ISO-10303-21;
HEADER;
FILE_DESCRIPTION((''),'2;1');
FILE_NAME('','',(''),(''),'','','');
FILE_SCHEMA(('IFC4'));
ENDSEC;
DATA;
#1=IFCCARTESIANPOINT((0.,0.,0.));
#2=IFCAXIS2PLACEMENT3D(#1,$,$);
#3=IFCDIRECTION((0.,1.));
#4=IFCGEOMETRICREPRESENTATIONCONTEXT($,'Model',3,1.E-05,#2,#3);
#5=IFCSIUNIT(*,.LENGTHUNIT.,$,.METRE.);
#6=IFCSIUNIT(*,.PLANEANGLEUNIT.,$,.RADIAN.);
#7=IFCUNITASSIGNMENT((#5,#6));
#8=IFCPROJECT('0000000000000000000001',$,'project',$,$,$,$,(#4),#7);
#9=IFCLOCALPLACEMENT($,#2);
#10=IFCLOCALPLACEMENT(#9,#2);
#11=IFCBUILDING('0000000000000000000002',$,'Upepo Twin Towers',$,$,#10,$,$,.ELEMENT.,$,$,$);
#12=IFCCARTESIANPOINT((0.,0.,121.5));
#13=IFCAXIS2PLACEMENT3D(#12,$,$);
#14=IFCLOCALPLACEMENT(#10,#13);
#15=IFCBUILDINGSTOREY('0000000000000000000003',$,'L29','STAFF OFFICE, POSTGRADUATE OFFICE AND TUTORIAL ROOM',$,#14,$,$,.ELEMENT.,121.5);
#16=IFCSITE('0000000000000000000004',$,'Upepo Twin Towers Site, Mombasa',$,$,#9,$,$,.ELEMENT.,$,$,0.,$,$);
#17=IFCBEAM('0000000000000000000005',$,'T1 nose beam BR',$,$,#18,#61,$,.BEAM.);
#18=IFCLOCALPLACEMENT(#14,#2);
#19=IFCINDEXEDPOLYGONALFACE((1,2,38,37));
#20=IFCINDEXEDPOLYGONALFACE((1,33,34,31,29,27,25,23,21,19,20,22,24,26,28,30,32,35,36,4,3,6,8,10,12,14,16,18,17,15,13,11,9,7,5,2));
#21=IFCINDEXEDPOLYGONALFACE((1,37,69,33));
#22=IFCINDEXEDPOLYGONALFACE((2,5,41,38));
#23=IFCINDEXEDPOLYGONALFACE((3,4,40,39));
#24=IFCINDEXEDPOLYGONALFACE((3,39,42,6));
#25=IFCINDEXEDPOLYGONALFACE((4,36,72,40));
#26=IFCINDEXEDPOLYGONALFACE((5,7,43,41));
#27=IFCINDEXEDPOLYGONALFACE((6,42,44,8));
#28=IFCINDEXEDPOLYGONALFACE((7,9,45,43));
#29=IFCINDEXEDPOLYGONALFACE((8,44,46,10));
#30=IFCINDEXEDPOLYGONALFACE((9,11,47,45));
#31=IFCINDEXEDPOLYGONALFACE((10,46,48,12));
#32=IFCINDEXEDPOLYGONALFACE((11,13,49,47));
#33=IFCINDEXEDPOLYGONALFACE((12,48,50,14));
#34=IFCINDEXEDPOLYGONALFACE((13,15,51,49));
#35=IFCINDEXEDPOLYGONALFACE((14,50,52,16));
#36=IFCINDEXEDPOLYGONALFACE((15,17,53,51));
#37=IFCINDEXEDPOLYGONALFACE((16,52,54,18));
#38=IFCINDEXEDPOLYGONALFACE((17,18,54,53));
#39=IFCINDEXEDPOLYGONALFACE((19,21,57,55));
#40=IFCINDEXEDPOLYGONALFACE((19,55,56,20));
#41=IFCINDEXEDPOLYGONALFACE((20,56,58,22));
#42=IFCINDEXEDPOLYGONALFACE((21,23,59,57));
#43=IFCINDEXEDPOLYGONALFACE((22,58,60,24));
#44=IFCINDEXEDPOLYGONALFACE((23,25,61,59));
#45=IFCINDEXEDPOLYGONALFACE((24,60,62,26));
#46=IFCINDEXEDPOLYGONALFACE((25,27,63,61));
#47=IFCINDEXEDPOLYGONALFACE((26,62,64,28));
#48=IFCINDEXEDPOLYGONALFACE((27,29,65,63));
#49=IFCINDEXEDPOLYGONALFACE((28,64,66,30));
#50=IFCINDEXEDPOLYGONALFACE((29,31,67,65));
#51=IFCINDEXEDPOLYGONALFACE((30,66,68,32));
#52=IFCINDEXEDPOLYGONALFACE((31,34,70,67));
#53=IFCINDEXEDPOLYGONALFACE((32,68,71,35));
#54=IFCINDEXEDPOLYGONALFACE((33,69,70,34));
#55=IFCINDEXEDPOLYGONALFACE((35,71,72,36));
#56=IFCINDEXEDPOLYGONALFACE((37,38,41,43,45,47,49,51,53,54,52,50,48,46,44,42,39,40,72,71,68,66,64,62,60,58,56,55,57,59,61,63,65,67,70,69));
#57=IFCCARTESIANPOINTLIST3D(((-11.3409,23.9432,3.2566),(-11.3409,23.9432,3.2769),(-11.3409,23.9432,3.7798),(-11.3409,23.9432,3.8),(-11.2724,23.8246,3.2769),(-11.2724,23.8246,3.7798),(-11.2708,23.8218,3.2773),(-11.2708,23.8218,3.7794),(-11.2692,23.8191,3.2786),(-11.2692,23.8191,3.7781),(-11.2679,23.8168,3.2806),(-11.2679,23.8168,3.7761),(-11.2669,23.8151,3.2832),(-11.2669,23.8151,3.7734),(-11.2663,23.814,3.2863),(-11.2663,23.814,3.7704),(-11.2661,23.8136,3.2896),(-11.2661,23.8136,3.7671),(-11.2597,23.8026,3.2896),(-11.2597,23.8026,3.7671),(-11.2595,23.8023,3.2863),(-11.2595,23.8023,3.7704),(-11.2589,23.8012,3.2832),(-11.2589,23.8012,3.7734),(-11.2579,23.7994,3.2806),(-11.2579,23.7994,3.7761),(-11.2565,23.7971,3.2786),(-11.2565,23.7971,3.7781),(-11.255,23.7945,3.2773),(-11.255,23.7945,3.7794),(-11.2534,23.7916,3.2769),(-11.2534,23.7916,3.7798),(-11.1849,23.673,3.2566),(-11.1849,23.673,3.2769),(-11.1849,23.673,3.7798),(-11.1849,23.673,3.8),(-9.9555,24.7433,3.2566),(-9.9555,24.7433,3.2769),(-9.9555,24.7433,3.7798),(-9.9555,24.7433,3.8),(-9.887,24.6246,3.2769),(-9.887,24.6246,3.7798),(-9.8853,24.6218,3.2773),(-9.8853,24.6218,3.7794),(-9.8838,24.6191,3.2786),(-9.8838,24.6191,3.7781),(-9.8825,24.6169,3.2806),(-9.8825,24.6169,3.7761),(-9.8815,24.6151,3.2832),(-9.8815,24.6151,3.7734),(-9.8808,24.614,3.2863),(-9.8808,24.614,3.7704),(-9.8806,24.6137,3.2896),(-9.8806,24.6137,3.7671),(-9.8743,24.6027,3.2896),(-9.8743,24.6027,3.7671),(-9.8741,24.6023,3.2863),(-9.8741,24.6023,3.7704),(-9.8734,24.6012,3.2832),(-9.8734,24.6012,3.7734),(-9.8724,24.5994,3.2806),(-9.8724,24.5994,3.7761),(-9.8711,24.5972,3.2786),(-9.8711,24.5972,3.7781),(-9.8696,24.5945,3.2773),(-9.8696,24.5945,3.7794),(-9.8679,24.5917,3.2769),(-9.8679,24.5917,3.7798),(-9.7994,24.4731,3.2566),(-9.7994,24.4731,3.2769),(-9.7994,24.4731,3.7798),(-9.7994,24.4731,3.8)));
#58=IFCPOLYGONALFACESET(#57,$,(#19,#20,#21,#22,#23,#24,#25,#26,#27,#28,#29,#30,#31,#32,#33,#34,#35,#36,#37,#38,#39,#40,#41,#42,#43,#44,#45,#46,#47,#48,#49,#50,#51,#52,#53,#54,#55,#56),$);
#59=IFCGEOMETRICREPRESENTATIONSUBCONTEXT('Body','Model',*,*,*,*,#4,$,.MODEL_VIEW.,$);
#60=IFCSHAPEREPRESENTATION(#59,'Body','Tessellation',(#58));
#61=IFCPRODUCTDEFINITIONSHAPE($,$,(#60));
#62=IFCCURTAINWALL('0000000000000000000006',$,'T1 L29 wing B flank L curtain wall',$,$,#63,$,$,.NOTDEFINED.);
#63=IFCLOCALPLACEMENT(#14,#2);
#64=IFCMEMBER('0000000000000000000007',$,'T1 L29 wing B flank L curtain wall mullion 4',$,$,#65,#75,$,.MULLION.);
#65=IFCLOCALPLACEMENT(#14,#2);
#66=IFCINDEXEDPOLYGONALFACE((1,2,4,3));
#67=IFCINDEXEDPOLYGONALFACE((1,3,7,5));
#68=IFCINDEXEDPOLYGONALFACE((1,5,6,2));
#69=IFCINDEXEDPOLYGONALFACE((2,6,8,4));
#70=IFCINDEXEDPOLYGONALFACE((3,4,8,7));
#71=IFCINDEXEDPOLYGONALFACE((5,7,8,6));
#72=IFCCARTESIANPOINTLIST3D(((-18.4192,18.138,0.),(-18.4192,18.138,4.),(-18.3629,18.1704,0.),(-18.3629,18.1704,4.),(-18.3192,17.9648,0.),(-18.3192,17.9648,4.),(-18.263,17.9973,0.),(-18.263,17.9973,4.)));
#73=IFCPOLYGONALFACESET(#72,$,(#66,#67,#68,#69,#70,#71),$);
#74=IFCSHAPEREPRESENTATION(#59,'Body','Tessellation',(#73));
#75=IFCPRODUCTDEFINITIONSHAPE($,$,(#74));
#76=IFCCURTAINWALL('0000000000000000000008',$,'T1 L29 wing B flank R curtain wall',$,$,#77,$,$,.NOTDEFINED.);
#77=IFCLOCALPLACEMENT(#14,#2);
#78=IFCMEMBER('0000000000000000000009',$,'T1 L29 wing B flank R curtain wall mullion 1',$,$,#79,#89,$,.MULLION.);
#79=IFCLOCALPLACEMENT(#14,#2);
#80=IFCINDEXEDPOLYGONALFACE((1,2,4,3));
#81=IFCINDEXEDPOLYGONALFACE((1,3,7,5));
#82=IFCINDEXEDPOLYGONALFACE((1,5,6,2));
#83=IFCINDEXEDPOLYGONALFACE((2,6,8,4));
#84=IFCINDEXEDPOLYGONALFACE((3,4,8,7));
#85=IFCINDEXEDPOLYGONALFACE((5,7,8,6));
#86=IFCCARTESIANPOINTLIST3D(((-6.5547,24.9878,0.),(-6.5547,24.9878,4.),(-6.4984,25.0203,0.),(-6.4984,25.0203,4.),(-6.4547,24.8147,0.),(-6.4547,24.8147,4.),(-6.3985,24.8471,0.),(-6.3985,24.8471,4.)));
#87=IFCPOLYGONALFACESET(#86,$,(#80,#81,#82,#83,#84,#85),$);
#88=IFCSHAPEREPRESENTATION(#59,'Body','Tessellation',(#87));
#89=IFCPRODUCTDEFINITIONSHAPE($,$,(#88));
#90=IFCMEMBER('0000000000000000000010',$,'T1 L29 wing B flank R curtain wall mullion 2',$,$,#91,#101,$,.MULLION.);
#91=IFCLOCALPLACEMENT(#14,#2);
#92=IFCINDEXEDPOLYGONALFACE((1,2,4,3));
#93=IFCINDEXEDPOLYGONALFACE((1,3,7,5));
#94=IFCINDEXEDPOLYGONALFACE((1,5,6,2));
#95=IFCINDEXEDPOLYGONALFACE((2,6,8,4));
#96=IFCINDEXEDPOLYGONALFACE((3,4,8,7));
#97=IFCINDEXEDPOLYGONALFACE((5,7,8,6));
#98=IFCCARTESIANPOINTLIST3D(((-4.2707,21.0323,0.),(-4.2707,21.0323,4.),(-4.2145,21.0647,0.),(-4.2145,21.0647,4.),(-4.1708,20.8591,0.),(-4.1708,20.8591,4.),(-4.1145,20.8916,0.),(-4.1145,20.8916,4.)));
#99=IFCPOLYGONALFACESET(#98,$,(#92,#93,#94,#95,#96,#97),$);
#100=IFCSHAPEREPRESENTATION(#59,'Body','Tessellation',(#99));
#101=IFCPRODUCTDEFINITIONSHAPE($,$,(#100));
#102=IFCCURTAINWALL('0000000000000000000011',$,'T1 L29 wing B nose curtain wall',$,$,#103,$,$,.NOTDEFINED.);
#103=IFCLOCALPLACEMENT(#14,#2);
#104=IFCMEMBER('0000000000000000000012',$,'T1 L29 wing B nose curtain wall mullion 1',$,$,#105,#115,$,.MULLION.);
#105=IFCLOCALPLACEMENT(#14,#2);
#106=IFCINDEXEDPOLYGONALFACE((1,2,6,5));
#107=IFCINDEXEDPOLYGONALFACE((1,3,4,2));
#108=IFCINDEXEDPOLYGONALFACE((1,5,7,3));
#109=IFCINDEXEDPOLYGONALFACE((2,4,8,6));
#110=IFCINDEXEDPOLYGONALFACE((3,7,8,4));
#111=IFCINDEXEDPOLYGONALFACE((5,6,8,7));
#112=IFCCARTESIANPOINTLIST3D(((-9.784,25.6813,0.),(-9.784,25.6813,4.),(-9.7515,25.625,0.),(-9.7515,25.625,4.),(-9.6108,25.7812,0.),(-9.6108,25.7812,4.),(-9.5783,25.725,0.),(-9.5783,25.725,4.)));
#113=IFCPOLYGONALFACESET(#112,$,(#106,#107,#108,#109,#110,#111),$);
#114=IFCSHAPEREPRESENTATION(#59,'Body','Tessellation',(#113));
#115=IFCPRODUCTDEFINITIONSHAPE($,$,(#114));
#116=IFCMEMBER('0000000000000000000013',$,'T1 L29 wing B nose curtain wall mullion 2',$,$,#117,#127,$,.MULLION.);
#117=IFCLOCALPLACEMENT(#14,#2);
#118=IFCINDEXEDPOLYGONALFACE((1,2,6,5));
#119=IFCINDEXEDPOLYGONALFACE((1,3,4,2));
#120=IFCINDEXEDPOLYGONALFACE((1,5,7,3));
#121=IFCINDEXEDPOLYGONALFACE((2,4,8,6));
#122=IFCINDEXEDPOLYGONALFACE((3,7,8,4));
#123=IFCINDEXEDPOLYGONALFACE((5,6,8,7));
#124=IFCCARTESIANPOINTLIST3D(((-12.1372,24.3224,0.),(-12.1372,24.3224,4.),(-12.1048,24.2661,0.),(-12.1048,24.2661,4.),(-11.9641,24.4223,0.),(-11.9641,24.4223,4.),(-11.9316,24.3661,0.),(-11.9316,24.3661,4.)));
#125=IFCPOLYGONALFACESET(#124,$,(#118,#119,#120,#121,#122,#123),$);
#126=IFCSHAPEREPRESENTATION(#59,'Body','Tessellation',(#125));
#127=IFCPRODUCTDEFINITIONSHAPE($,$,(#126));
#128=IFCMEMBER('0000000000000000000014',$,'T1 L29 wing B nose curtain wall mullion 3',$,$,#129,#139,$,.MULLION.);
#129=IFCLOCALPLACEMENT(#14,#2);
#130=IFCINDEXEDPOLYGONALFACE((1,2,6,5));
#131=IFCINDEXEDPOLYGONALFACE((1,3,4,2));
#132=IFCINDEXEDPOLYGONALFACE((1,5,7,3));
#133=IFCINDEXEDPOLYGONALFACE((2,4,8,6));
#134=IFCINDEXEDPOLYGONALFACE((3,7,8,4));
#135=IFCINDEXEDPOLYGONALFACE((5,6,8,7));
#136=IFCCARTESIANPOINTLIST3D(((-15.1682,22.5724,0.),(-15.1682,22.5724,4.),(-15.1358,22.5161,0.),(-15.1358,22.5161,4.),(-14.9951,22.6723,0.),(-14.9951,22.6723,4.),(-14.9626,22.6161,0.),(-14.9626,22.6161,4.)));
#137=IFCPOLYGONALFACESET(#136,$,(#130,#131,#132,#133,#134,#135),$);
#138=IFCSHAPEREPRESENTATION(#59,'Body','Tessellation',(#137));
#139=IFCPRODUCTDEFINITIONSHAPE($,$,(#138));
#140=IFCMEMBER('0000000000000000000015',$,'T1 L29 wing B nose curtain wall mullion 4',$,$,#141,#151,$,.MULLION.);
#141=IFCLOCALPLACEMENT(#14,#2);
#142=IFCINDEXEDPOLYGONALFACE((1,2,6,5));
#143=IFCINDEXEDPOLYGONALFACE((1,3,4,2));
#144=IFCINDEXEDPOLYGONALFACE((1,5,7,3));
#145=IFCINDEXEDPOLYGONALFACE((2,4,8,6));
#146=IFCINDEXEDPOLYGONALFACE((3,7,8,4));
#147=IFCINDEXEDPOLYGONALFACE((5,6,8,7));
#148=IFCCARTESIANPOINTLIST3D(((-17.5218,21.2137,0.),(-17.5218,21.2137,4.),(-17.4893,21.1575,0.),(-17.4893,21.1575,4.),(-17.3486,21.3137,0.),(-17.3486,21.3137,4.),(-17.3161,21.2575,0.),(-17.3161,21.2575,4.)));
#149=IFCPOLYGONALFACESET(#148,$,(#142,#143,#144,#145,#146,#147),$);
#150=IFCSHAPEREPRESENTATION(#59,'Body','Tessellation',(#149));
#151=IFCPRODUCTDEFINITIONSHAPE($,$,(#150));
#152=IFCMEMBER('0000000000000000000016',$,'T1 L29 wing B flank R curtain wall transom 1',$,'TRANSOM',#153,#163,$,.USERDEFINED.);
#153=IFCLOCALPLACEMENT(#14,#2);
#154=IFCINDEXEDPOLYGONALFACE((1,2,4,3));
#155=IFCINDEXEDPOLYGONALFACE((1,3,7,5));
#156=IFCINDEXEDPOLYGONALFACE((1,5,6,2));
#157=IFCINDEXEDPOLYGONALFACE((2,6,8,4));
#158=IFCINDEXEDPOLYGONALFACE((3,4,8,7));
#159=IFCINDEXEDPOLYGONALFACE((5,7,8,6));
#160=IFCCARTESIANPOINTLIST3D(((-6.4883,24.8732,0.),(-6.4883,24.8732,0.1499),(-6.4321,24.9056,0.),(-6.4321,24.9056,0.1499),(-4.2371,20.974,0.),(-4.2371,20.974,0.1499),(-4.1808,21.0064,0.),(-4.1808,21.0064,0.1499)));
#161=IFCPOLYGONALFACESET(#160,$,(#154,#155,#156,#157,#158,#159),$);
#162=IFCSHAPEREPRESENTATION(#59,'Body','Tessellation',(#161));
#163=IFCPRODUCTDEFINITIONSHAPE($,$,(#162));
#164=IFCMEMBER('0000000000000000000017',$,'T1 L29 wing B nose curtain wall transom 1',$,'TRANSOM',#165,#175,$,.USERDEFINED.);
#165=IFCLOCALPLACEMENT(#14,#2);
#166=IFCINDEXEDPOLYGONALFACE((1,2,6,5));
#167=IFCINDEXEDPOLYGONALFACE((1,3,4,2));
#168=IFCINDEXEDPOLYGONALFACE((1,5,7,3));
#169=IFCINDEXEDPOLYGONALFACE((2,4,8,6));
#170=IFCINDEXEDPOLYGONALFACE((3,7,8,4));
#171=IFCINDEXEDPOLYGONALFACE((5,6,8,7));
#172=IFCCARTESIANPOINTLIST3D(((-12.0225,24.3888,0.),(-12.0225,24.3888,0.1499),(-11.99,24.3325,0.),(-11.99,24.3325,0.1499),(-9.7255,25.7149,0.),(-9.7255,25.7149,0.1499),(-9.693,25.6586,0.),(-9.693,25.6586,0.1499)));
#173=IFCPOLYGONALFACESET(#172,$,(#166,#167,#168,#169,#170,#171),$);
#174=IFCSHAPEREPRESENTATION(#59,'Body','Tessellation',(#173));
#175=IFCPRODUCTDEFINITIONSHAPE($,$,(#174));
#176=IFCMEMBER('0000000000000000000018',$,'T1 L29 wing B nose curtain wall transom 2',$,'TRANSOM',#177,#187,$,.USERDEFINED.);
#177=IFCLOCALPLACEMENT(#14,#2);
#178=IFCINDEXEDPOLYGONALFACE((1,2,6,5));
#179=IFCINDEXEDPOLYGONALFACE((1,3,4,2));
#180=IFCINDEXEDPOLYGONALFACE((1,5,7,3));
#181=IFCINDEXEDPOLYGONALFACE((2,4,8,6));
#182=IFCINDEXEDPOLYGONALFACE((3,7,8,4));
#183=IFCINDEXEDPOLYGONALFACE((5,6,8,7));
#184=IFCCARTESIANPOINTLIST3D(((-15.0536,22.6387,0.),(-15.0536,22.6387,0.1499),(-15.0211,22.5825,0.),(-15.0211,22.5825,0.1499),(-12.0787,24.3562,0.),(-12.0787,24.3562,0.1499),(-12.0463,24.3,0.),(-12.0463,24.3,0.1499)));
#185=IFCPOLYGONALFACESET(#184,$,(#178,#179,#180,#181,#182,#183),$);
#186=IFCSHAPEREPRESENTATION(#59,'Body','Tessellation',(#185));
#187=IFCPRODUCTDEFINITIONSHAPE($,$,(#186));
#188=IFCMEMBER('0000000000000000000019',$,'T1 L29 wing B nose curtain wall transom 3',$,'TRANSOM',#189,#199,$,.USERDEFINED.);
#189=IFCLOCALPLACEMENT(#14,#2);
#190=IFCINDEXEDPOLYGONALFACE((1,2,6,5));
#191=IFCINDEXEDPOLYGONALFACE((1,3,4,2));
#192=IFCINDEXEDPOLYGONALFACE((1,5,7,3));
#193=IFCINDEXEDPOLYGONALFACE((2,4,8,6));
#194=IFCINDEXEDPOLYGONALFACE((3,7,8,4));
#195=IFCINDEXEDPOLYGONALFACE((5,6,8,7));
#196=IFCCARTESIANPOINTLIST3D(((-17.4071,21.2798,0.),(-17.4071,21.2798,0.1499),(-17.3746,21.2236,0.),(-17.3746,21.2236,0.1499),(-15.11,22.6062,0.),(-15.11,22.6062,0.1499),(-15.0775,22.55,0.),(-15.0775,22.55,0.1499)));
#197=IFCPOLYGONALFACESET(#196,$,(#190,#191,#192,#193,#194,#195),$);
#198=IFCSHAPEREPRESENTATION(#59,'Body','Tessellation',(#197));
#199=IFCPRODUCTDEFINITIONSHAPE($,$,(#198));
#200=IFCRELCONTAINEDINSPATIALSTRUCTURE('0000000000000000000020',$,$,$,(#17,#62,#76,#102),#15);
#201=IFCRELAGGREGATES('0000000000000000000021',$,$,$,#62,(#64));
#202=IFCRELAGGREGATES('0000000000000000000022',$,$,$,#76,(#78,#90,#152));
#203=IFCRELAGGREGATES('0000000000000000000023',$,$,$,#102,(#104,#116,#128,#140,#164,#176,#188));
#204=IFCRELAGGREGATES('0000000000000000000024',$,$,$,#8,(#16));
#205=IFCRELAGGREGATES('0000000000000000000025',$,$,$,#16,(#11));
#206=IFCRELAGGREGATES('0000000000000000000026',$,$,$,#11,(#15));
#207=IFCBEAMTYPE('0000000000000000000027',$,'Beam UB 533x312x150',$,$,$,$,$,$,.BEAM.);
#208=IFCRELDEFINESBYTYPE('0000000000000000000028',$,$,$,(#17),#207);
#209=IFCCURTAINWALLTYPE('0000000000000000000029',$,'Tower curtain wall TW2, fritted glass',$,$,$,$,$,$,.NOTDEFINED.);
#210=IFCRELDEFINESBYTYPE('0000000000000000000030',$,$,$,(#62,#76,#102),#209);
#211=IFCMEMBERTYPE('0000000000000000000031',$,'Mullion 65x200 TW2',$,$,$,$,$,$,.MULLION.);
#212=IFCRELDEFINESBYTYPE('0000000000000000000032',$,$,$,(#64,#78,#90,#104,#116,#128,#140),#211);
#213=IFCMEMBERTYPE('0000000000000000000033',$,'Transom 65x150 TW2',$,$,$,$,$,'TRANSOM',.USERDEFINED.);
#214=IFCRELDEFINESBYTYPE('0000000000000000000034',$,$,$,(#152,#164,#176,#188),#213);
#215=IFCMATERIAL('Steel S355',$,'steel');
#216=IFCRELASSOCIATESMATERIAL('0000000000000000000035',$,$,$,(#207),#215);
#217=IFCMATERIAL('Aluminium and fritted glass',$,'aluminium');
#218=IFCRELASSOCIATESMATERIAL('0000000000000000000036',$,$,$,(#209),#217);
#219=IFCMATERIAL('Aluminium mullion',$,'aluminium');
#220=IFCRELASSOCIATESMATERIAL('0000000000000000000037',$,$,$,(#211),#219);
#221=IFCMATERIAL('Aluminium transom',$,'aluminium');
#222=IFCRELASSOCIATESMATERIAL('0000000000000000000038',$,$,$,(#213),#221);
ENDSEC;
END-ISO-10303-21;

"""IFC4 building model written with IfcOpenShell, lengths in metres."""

from ifc_helpers import new_model, si_unit, direction, frame, origin, origin_2d, place, context, subcontext, project, spatial, rectangle, i_section, extrude, material, material_profile, profile_set, type_object, element, aggregate, save


model = new_model("IFC4")

# Units and contexts
model_context = context("Model", 3, precision=1e-05, world=origin(), true_north=direction((0.0, 1.0)))
body_context = subcontext(model_context, "Body", "Model", "MODEL_VIEW")
ifc_project = project(units=[si_unit("LENGTHUNIT", "METRE"), si_unit("PLANEANGLEUNIT", "RADIAN")], contexts=[model_context])

# Site, building, storey
site_placement = place(None, origin())
site = spatial("IfcSite", under=ifc_project, at=site_placement, Name="Upepo Twin Towers Site, Mombasa", CompositionType="ELEMENT", RefElevation=0.0)
building_placement = place(site_placement, origin())
building = spatial("IfcBuilding", under=site, at=building_placement, Name="Upepo Twin Towers", CompositionType="ELEMENT")
storey_placement = place(building_placement, frame((0.0, 0.0, 121.5)))
storey = spatial("IfcBuildingStorey", under=building, at=storey_placement, Name="L29", Description="STAFF OFFICE, POSTGRADUATE OFFICE AND TUTORIAL ROOM", CompositionType="ELEMENT", Elevation=121.5)

# Beam
ifc_material_1 = material(Name="Steel S355", Category="steel")
ifc_material_profile_1 = material_profile(ifc_material_1, i_section(OverallWidth=0.312, OverallDepth=0.5435, WebThickness=0.0127, FlangeThickness=0.0203, FilletRadius=0.0127, at=origin_2d()), Name="UB 533x312x150")
ifc_profile_set_1 = profile_set([ifc_material_profile_1], Name="Steel S355")
beam_type_1 = type_object("IfcBeamType", Name="Beam UB 533x312x150", PredefinedType="BEAM", material=ifc_profile_set_1)
for number, where, z_axis, x_axis, name in (
    (1, (-9.8774, 24.6082, 3.5283), (-0.86599, -0.500061, 0.0), (0.500061, -0.86599, 0.0), "T1 nose beam BR"),
):
    element("IfcBeam", number, at=place(storey_placement, frame(where, z_axis=z_axis, x_axis=x_axis)), inside=storey, type_object=beam_type_1, Name=name, PredefinedType="BEAM", context=body_context, shape_type="SweptSolid", body=[
        extrude(i_section(OverallWidth=0.312, OverallDepth=0.5435, WebThickness=0.0127, FlangeThickness=0.0203, FilletRadius=0.0127, at=origin_2d()), origin(), (0.0, 0.0, 1.0), 1.5999),
    ])

# Curtain wall, member
ifc_material_2 = material(Name="Aluminium and fritted glass", Category="aluminium")
curtain_wall_type = type_object("IfcCurtainWallType", Name="Tower curtain wall TW2, fritted glass", PredefinedType="NOTDEFINED", material=ifc_material_2)
curtain_wall_1_placement = place(storey_placement, origin())
curtain_wall_1 = element("IfcCurtainWall", 2, at=curtain_wall_1_placement, inside=storey, type_object=curtain_wall_type, Name="T1 L29 wing B flank L curtain wall", PredefinedType="NOTDEFINED")
ifc_material_3 = material(Name="Aluminium mullion", Category="aluminium")
ifc_material_profile_2 = material_profile(ifc_material_3, rectangle(XDim=0.0649, YDim=0.2, at=origin_2d()), Name="MULLION 65x200")
ifc_profile_set_2 = profile_set([ifc_material_profile_2], Name="Aluminium mullion")
member_type_1 = type_object("IfcMemberType", Name="Mullion 65x200 TW2", PredefinedType="MULLION", material=ifc_profile_set_2)
member_1_placement = place(storey_placement, frame((-18.3411, 18.0676, 0.0), z_axis=(0.0, 0.0, 1.0), x_axis=(-0.866025, -0.5, 0.0)))
member_1 = element("IfcMember", 3, at=member_1_placement, type_object=member_type_1, Name="T1 L29 wing B flank L curtain wall mullion 4", PredefinedType="MULLION", context=body_context, shape_type="SweptSolid", body=[
    extrude(rectangle(XDim=0.0649, YDim=0.2, at=origin_2d()), origin(), (0.0, 0.0, 1.0), 4.0),
])
aggregate(curtain_wall_1, [member_1])

# Curtain walls, members
curtain_wall_2_placement = place(storey_placement, origin())
curtain_wall_2 = element("IfcCurtainWall", 4, at=curtain_wall_2_placement, inside=storey, type_object=curtain_wall_type, Name="T1 L29 wing B flank R curtain wall", PredefinedType="NOTDEFINED")
member_2_placement = place(storey_placement, frame((-6.4766, 24.9175, 0.0), z_axis=(0.0, 0.0, 1.0), x_axis=(0.866025, 0.5, 0.0)))
member_2 = element("IfcMember", 5, at=member_2_placement, type_object=member_type_1, Name="T1 L29 wing B flank R curtain wall mullion 1", PredefinedType="MULLION", context=body_context, shape_type="SweptSolid", body=[
    extrude(rectangle(XDim=0.0649, YDim=0.2, at=origin_2d()), origin(), (0.0, 0.0, 1.0), 4.0),
])
member_3_placement = place(storey_placement, frame((-4.1926, 20.9619, 0.0), z_axis=(0.0, 0.0, 1.0), x_axis=(0.866025, 0.5, 0.0)))
member_3 = element("IfcMember", 6, at=member_3_placement, type_object=member_type_1, Name="T1 L29 wing B flank R curtain wall mullion 2", PredefinedType="MULLION", context=body_context, shape_type="SweptSolid", body=[
    extrude(rectangle(XDim=0.0649, YDim=0.2, at=origin_2d()), origin(), (0.0, 0.0, 1.0), 4.0),
])
curtain_wall_3_placement = place(storey_placement, origin())
curtain_wall_3 = element("IfcCurtainWall", 7, at=curtain_wall_3_placement, inside=storey, type_object=curtain_wall_type, Name="T1 L29 wing B nose curtain wall", PredefinedType="NOTDEFINED")
member_4_placement = place(storey_placement, frame((-9.6812, 25.7031, 0.0), z_axis=(0.0, 0.0, 1.0), x_axis=(0.5, -0.866025, 0.0)))
member_4 = element("IfcMember", 8, at=member_4_placement, type_object=member_type_1, Name="T1 L29 wing B nose curtain wall mullion 1", PredefinedType="MULLION", context=body_context, shape_type="SweptSolid", body=[
    extrude(rectangle(XDim=0.0649, YDim=0.2, at=origin_2d()), origin(), (0.0, 0.0, 1.0), 4.0),
])
member_5_placement = place(storey_placement, frame((-12.0344, 24.3442, 0.0), z_axis=(0.0, 0.0, 1.0), x_axis=(0.5, -0.866025, 0.0)))
member_5 = element("IfcMember", 9, at=member_5_placement, type_object=member_type_1, Name="T1 L29 wing B nose curtain wall mullion 2", PredefinedType="MULLION", context=body_context, shape_type="SweptSolid", body=[
    extrude(rectangle(XDim=0.0649, YDim=0.2, at=origin_2d()), origin(), (0.0, 0.0, 1.0), 4.0),
])
member_6_placement = place(storey_placement, frame((-15.0654, 22.5942, 0.0), z_axis=(0.0, 0.0, 1.0), x_axis=(0.5, -0.866025, 0.0)))
member_6 = element("IfcMember", 10, at=member_6_placement, type_object=member_type_1, Name="T1 L29 wing B nose curtain wall mullion 3", PredefinedType="MULLION", context=body_context, shape_type="SweptSolid", body=[
    extrude(rectangle(XDim=0.0649, YDim=0.2, at=origin_2d()), origin(), (0.0, 0.0, 1.0), 4.0),
])
member_7_placement = place(storey_placement, frame((-17.4189, 21.2356, 0.0), z_axis=(0.0, 0.0, 1.0), x_axis=(0.5, -0.866025, 0.0)))
member_7 = element("IfcMember", 11, at=member_7_placement, type_object=member_type_1, Name="T1 L29 wing B nose curtain wall mullion 4", PredefinedType="MULLION", context=body_context, shape_type="SweptSolid", body=[
    extrude(rectangle(XDim=0.0649, YDim=0.2, at=origin_2d()), origin(), (0.0, 0.0, 1.0), 4.0),
])

# Members
ifc_material_4 = material(Name="Aluminium transom", Category="aluminium")
ifc_material_profile_3 = material_profile(ifc_material_4, rectangle(XDim=0.0649, YDim=0.1499, at=origin_2d()), Name="TRANSOM 65x150")
ifc_profile_set_3 = profile_set([ifc_material_profile_3], Name="Aluminium transom")
member_type_2 = type_object("IfcMemberType", Name="Transom 65x150 TW2", ElementType="TRANSOM", PredefinedType="USERDEFINED", material=ifc_profile_set_3)
member_8_placement = place(storey_placement, frame((-6.4602, 24.8894, 0.075), z_axis=(0.500006, -0.866022, 0.0), x_axis=(0.866022, 0.500006, 0.0)))
member_8 = element("IfcMember", 12, at=member_8_placement, type_object=member_type_2, Name="T1 L29 wing B flank R curtain wall transom 1", ObjectType="TRANSOM", PredefinedType="USERDEFINED", context=body_context, shape_type="SweptSolid", body=[
    extrude(rectangle(XDim=0.0649, YDim=0.1499, at=origin_2d()), origin(), (0.0, 0.0, 1.0), 4.5024),
])
member_9_placement = place(storey_placement, frame((-9.7092, 25.6868, 0.075), z_axis=(-0.866037, -0.49998, 0.0), x_axis=(0.49998, -0.866037, 0.0)))
member_9 = element("IfcMember", 13, at=member_9_placement, type_object=member_type_2, Name="T1 L29 wing B nose curtain wall transom 1", ObjectType="TRANSOM", PredefinedType="USERDEFINED", context=body_context, shape_type="SweptSolid", body=[
    extrude(rectangle(XDim=0.0649, YDim=0.1499, at=origin_2d()), origin(), (0.0, 0.0, 1.0), 2.6523),
])
member_10_placement = place(storey_placement, frame((-12.0625, 24.3281, 0.075), z_axis=(-0.866026, -0.499999, 0.0), x_axis=(0.499999, -0.866026, 0.0)))
member_10 = element("IfcMember", 14, at=member_10_placement, type_object=member_type_2, Name="T1 L29 wing B nose curtain wall transom 2", ObjectType="TRANSOM", PredefinedType="USERDEFINED", context=body_context, shape_type="SweptSolid", body=[
    extrude(rectangle(XDim=0.0649, YDim=0.1499, at=origin_2d()), origin(), (0.0, 0.0, 1.0), 3.4351),
])
member_11_placement = place(storey_placement, frame((-15.0938, 22.5781, 0.075), z_axis=(-0.865997, -0.500049, 0.0), x_axis=(0.500049, -0.865997, 0.0)))
member_11 = element("IfcMember", 15, at=member_11_placement, type_object=member_type_2, Name="T1 L29 wing B nose curtain wall transom 3", ObjectType="TRANSOM", PredefinedType="USERDEFINED", context=body_context, shape_type="SweptSolid", body=[
    extrude(rectangle(XDim=0.0649, YDim=0.1499, at=origin_2d()), origin(), (0.0, 0.0, 1.0), 2.6526),
])

aggregate(curtain_wall_2, [member_2, member_3, member_8])
aggregate(curtain_wall_3, [member_4, member_5, member_6, member_7, member_9, member_10, member_11])

save(model, "model.ifc")
